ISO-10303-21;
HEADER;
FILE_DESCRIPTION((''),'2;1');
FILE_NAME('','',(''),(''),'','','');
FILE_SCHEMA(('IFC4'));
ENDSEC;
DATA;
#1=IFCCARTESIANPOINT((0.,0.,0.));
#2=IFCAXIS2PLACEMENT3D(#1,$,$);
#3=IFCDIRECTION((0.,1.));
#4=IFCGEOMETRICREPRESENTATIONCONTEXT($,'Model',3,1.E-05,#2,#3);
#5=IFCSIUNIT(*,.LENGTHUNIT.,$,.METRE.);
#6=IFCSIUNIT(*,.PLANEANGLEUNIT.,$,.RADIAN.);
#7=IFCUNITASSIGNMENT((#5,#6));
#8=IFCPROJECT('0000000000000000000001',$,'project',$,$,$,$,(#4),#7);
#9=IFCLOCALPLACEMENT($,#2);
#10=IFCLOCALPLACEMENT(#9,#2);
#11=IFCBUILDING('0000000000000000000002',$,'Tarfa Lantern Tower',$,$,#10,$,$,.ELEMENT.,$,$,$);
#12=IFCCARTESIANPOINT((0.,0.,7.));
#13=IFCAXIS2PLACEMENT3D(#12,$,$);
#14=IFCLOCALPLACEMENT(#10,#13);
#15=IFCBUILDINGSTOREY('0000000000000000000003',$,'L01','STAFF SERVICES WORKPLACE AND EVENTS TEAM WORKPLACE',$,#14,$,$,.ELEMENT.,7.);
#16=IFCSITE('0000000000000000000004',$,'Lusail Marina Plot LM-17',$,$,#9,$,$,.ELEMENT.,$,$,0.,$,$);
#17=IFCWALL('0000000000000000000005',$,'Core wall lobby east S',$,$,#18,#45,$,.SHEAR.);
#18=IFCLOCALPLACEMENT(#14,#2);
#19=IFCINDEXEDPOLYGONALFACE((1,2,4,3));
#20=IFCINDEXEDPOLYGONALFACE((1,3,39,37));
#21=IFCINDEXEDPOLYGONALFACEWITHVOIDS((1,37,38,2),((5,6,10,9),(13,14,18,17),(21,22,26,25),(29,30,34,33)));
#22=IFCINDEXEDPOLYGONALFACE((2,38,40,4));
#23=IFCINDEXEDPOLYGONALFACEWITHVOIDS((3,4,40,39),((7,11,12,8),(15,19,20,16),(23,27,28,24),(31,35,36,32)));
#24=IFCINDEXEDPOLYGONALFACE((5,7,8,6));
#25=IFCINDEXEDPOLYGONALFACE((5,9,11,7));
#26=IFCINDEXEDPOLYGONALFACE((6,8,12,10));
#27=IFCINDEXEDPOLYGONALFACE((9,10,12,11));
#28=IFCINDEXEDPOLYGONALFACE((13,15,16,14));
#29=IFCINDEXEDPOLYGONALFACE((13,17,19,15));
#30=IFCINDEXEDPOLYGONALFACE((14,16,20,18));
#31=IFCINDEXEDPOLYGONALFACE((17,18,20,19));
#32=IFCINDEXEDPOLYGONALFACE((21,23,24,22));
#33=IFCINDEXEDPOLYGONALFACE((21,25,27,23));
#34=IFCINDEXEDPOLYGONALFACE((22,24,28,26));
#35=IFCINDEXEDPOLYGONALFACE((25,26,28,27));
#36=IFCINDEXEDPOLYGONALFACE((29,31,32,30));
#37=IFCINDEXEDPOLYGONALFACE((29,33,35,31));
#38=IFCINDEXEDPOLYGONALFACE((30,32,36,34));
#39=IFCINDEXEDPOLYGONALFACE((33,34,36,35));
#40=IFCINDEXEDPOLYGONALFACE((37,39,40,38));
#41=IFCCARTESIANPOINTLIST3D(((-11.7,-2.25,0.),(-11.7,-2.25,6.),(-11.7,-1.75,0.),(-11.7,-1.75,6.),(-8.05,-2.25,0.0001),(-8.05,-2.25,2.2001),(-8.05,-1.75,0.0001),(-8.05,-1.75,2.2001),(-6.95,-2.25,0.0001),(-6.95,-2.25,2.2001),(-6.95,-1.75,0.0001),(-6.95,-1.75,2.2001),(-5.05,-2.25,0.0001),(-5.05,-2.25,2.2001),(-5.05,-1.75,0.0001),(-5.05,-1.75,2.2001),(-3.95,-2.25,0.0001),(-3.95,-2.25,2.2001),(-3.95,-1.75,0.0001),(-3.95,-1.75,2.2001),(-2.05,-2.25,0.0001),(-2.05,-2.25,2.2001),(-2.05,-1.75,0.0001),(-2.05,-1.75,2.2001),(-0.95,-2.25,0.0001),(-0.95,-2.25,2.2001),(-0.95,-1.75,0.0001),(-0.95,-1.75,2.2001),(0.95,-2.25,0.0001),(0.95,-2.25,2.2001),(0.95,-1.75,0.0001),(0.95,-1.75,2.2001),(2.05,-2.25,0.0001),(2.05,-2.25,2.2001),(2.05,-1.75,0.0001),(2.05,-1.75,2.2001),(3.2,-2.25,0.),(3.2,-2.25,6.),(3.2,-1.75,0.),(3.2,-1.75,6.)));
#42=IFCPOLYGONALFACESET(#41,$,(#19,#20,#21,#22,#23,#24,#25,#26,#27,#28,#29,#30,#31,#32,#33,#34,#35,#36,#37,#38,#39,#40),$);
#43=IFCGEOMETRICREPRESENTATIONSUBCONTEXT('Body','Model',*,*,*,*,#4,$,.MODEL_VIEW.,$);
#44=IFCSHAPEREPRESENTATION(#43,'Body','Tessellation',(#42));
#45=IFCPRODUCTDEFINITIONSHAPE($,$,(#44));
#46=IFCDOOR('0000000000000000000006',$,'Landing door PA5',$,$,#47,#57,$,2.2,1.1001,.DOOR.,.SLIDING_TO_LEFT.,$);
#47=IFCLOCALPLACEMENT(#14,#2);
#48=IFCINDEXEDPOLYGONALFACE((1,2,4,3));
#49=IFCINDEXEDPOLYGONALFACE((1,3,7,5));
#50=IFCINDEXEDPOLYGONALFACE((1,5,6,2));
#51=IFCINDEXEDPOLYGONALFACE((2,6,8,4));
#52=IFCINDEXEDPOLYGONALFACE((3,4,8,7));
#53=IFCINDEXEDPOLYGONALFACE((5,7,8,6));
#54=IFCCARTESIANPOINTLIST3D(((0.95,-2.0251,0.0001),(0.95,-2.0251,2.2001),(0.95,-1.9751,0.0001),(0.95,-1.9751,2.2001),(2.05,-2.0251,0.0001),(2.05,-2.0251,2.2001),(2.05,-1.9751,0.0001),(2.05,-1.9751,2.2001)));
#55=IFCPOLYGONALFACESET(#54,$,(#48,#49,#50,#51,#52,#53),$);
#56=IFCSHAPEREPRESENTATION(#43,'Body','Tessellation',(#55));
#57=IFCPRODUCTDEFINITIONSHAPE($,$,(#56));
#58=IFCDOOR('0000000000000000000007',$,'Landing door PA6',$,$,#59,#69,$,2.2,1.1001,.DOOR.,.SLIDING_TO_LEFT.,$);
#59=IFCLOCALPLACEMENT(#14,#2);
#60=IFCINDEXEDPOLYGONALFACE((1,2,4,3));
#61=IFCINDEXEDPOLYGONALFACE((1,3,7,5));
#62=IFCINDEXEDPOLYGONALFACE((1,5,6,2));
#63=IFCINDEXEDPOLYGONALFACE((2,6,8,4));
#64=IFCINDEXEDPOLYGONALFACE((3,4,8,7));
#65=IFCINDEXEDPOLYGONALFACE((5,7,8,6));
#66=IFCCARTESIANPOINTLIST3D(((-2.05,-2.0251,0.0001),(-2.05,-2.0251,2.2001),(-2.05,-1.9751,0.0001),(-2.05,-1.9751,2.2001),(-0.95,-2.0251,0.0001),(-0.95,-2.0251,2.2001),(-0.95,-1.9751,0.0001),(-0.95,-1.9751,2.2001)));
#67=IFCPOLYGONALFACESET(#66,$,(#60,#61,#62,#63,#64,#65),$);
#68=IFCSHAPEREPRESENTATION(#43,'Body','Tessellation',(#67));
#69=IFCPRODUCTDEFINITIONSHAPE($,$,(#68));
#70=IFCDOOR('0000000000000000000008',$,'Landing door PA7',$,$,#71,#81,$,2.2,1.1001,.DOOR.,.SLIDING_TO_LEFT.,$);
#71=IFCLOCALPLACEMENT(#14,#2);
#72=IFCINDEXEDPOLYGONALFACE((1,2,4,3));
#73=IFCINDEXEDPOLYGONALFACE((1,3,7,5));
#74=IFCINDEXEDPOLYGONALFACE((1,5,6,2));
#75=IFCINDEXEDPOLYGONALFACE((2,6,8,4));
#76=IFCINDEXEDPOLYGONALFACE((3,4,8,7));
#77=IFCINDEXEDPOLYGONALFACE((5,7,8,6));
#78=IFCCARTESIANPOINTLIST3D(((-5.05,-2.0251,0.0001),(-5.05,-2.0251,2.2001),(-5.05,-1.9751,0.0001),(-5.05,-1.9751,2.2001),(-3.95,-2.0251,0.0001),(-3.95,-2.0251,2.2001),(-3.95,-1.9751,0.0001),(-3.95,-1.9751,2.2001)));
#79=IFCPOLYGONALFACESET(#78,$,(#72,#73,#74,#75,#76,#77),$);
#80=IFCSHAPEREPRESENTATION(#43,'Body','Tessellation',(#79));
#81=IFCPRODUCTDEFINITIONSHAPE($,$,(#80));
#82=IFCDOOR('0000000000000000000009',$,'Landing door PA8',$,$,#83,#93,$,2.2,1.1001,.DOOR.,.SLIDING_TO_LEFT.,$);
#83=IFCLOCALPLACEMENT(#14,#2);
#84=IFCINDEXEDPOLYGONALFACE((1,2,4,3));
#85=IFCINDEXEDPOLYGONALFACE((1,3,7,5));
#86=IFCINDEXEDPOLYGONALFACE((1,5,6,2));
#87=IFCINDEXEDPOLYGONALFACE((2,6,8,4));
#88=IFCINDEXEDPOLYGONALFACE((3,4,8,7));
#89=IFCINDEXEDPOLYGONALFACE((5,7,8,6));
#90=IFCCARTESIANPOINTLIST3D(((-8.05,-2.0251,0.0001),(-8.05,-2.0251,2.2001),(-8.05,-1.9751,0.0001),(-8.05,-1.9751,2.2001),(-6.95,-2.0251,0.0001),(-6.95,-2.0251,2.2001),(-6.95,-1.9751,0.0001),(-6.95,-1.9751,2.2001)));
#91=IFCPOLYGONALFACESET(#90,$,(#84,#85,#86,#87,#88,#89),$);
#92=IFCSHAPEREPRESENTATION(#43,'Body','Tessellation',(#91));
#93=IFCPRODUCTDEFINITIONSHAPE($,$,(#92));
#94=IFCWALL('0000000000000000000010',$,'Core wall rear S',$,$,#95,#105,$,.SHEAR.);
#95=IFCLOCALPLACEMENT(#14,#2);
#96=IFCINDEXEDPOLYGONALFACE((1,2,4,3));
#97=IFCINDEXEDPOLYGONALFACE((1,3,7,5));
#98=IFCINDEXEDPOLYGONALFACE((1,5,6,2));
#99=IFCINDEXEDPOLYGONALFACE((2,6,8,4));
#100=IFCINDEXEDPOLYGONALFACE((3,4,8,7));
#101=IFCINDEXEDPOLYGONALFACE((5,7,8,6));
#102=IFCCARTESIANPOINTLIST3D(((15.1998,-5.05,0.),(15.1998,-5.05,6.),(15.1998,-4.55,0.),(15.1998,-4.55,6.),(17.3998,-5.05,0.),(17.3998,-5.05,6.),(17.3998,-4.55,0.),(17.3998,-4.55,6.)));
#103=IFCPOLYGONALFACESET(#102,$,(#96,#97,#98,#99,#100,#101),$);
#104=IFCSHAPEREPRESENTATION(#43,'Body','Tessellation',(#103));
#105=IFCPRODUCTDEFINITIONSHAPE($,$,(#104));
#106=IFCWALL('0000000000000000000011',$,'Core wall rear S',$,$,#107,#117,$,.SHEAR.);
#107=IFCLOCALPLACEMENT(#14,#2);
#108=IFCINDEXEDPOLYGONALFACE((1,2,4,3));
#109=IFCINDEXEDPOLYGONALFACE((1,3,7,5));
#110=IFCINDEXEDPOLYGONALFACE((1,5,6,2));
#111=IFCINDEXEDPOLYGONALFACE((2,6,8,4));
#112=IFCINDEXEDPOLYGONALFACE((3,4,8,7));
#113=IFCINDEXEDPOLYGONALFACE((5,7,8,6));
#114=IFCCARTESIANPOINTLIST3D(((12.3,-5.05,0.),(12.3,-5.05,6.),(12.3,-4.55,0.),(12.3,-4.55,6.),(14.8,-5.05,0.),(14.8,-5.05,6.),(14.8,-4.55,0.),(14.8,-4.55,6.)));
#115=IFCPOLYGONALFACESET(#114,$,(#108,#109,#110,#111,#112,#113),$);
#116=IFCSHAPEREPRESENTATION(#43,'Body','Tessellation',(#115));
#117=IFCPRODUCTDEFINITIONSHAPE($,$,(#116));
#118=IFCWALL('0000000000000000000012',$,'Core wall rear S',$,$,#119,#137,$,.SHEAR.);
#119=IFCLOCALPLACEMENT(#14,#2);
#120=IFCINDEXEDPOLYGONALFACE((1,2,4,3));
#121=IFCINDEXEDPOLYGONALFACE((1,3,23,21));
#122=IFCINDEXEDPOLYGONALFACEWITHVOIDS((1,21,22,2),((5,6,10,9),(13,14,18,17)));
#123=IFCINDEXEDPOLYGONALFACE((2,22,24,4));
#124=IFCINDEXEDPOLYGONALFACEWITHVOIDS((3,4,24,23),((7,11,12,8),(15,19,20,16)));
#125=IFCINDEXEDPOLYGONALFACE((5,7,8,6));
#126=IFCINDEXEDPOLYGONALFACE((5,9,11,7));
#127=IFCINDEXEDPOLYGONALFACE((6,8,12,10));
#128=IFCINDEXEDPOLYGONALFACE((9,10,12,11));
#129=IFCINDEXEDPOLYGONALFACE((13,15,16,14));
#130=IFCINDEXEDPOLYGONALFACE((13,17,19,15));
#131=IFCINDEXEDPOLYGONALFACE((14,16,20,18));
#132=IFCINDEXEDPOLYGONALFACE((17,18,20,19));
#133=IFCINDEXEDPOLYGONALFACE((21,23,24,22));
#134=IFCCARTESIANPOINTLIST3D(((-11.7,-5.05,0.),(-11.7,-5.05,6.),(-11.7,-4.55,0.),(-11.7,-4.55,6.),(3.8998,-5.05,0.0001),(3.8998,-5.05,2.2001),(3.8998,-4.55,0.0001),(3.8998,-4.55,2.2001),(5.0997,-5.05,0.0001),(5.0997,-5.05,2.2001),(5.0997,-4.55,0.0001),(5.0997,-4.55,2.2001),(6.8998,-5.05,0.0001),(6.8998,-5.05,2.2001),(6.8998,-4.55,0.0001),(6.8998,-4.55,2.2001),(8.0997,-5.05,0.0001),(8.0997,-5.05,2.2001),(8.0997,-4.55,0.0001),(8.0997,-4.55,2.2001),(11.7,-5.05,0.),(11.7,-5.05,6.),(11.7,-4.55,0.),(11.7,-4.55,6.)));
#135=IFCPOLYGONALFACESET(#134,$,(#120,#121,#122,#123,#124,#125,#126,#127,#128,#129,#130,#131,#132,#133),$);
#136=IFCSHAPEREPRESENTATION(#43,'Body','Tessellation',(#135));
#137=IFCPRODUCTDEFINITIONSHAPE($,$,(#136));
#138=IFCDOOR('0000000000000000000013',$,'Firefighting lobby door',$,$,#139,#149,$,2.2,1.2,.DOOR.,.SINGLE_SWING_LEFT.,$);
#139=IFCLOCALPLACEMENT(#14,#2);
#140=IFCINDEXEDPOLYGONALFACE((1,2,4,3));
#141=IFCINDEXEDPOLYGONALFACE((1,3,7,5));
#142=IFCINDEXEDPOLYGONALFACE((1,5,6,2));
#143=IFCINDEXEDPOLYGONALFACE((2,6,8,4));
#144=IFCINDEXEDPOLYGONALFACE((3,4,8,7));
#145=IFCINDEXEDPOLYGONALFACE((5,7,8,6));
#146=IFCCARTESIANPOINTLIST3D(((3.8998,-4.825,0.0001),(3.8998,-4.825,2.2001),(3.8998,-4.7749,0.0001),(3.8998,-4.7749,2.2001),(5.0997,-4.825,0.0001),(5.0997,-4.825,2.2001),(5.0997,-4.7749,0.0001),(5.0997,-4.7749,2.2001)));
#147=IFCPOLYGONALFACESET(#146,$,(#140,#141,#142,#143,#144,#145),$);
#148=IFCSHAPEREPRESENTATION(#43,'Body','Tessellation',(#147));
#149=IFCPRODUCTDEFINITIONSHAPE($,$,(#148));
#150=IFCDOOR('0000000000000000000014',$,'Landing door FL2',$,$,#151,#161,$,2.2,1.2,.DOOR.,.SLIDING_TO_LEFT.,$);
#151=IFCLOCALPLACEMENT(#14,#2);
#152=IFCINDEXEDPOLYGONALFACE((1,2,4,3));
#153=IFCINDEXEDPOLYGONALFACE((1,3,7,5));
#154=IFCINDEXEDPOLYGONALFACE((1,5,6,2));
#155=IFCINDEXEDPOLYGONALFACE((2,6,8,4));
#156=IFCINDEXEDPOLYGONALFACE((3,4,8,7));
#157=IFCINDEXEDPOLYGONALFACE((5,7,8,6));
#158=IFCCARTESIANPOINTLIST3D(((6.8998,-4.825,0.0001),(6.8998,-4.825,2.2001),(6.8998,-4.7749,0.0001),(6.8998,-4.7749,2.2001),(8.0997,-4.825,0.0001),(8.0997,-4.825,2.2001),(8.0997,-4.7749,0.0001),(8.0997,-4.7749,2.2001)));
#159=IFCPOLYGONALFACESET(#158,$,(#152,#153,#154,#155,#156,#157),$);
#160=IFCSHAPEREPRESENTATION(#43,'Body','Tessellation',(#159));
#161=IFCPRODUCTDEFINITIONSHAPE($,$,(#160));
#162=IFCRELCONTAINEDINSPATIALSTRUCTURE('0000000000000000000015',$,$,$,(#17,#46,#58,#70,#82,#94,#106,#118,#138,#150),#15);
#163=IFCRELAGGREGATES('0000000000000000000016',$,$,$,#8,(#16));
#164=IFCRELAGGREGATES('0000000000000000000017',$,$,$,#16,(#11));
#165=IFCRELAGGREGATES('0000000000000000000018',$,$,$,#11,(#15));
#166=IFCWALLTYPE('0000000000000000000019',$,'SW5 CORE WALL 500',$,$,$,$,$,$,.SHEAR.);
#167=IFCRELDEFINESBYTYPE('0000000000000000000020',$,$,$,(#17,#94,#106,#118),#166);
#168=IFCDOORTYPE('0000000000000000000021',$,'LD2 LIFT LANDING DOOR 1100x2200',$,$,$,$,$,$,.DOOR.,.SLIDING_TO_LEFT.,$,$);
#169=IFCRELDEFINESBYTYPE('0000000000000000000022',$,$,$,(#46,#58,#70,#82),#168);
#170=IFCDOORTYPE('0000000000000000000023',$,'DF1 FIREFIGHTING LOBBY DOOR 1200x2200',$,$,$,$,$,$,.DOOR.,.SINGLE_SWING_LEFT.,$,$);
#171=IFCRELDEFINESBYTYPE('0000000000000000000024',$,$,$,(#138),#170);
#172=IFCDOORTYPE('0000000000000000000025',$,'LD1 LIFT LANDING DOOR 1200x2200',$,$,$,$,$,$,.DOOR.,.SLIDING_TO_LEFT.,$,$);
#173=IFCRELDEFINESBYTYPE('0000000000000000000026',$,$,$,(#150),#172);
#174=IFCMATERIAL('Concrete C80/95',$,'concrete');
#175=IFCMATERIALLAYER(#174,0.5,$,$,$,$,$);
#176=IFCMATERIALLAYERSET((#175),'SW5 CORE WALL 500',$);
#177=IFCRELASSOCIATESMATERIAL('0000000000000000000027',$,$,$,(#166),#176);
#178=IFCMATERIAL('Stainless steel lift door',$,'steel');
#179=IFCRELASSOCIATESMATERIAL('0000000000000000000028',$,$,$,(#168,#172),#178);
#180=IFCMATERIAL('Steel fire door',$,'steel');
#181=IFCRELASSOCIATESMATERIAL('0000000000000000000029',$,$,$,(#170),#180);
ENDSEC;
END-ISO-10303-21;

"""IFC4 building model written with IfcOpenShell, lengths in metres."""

from ifc_helpers import new_model, si_unit, direction, frame, frame_2d, origin, place, context, subcontext, project, spatial, rectangle, extrude, material, layer, layer_set, type_object, element, fill, save


model = new_model("IFC4")

# Units and contexts
model_context = context("Model", 3, precision=1e-05, world=origin(), true_north=direction((0.0, 1.0)))
body_context = subcontext(model_context, "Body", "Model", "MODEL_VIEW")
ifc_project = project(units=[si_unit("LENGTHUNIT", "METRE"), si_unit("PLANEANGLEUNIT", "RADIAN")], contexts=[model_context])

# Site, building, storey
site_placement = place(None, origin())
site = spatial("IfcSite", under=ifc_project, at=site_placement, Name="Lusail Marina Plot LM-17", CompositionType="ELEMENT", RefElevation=0.0)
building_placement = place(site_placement, origin())
building = spatial("IfcBuilding", under=site, at=building_placement, Name="Tarfa Lantern Tower", CompositionType="ELEMENT")
storey_placement = place(building_placement, frame((0.0, 0.0, 7.0)))
storey = spatial("IfcBuildingStorey", under=building, at=storey_placement, Name="L01", Description="STAFF SERVICES WORKPLACE AND EVENTS TEAM WORKPLACE", CompositionType="ELEMENT", Elevation=7.0)

# Shared definitions
ifc_material_1 = material(Name="Concrete C80/95", Category="concrete")

# Shared definitions
ifc_material_2 = material(Name="Steel fire door", Category="steel")

# Shared definitions
ifc_layer_1 = layer(ifc_material_1, 0.5)
ifc_layer_set_1 = layer_set([ifc_layer_1], Name="SW5 CORE WALL 500")
wall_type_1 = type_object("IfcWallType", Name="SW5 CORE WALL 500", PredefinedType="SHEAR", material=ifc_layer_set_1)

# Wall, openings, doors
wall_1_placement = place(storey_placement, frame((3.2, -2.0, 0.0), z_axis=(0.0, 0.0, 1.0), x_axis=(-1.0, 0.0, 0.0)))
wall_1 = element("IfcWall", 1, at=wall_1_placement, inside=storey, type_object=wall_type_1, Name="Core wall lobby east S", PredefinedType="SHEAR", context=body_context, shape_type="SweptSolid", body=[
    extrude(rectangle(XDim=14.8999, YDim=0.5, at=frame_2d((7.45, 0.0))), origin(), (0.0, 0.0, 1.0), 6.0),
])
opening_1_placement = place(wall_1_placement, frame((1.1499, 0.0, 0.0)))
opening_1 = element("IfcOpeningElement", 2, at=opening_1_placement, cuts=wall_1, PredefinedType="OPENING", context=body_context, shape_type="SweptSolid", body=[
    extrude(rectangle(XDim=1.1001, YDim=2.2, at=frame_2d((0.55, 1.1001))), frame((0.0, 0.26, 0.0), z_axis=(0.0, -1.0, 0.0), x_axis=(1.0, 0.0, 0.0)), (0.0, 0.0, 1.0), 0.52),
])
opening_2_placement = place(wall_1_placement, frame((4.1499, 0.0, 0.0)))
opening_2 = element("IfcOpeningElement", 3, at=opening_2_placement, cuts=wall_1, PredefinedType="OPENING", context=body_context, shape_type="SweptSolid", body=[
    extrude(rectangle(XDim=1.1001, YDim=2.2, at=frame_2d((0.55, 1.1001))), frame((0.0, 0.26, 0.0), z_axis=(0.0, -1.0, 0.0), x_axis=(1.0, 0.0, 0.0)), (0.0, 0.0, 1.0), 0.52),
])
opening_3_placement = place(wall_1_placement, frame((7.1499, 0.0, 0.0)))
opening_3 = element("IfcOpeningElement", 4, at=opening_3_placement, cuts=wall_1, PredefinedType="OPENING", context=body_context, shape_type="SweptSolid", body=[
    extrude(rectangle(XDim=1.1001, YDim=2.2, at=frame_2d((0.55, 1.1001))), frame((0.0, 0.26, 0.0), z_axis=(0.0, -1.0, 0.0), x_axis=(1.0, 0.0, 0.0)), (0.0, 0.0, 1.0), 0.52),
])
opening_4_placement = place(wall_1_placement, frame((10.1499, 0.0, 0.0)))
opening_4 = element("IfcOpeningElement", 5, at=opening_4_placement, cuts=wall_1, PredefinedType="OPENING", context=body_context, shape_type="SweptSolid", body=[
    extrude(rectangle(XDim=1.1001, YDim=2.2, at=frame_2d((0.55, 1.1001))), frame((0.0, 0.26, 0.0), z_axis=(0.0, -1.0, 0.0), x_axis=(1.0, 0.0, 0.0)), (0.0, 0.0, 1.0), 0.52),
])
ifc_material_3 = material(Name="Stainless steel lift door", Category="steel")
door_type_1 = type_object("IfcDoorType", Name="LD2 LIFT LANDING DOOR 1100x2200", OperationType="SLIDING_TO_LEFT", PredefinedType="DOOR", material=ifc_material_3)
door_1_placement = place(opening_1_placement, frame((1.1001, 0.0, 0.0), z_axis=(0.0, 0.0, 1.0), x_axis=(-1.0, 0.0, 0.0)))
door_1 = element("IfcDoor", 6, at=door_1_placement, inside=storey, type_object=door_type_1, Name="Landing door PA5", OperationType="SLIDING_TO_LEFT", OverallHeight=2.2, OverallWidth=1.1001, PredefinedType="DOOR", context=body_context, shape_type="SweptSolid", body=[
    extrude(rectangle(XDim=1.1001, YDim=2.2, at=frame_2d((0.55, 1.1001))), frame((0.0, 0.0249, 0.0), z_axis=(0.0, -1.0, 0.0), x_axis=(1.0, 0.0, 0.0)), (0.0, 0.0, 1.0), 0.05),
])
fill(opening_1, door_1)
door_2_placement = place(opening_2_placement, frame((1.1001, 0.0, 0.0), z_axis=(0.0, 0.0, 1.0), x_axis=(-1.0, 0.0, 0.0)))
door_2 = element("IfcDoor", 7, at=door_2_placement, inside=storey, type_object=door_type_1, Name="Landing door PA6", OperationType="SLIDING_TO_LEFT", OverallHeight=2.2, OverallWidth=1.1001, PredefinedType="DOOR", context=body_context, shape_type="SweptSolid", body=[
    extrude(rectangle(XDim=1.1001, YDim=2.2, at=frame_2d((0.55, 1.1001))), frame((0.0, 0.0249, 0.0), z_axis=(0.0, -1.0, 0.0), x_axis=(1.0, 0.0, 0.0)), (0.0, 0.0, 1.0), 0.05),
])
fill(opening_2, door_2)
door_3_placement = place(opening_3_placement, frame((1.1001, 0.0, 0.0), z_axis=(0.0, 0.0, 1.0), x_axis=(-1.0, 0.0, 0.0)))
door_3 = element("IfcDoor", 8, at=door_3_placement, inside=storey, type_object=door_type_1, Name="Landing door PA7", OperationType="SLIDING_TO_LEFT", OverallHeight=2.2, OverallWidth=1.1001, PredefinedType="DOOR", context=body_context, shape_type="SweptSolid", body=[
    extrude(rectangle(XDim=1.1001, YDim=2.2, at=frame_2d((0.55, 1.1001))), frame((0.0, 0.0249, 0.0), z_axis=(0.0, -1.0, 0.0), x_axis=(1.0, 0.0, 0.0)), (0.0, 0.0, 1.0), 0.05),
])
fill(opening_3, door_3)
door_4_placement = place(opening_4_placement, frame((1.1001, 0.0, 0.0), z_axis=(0.0, 0.0, 1.0), x_axis=(-1.0, 0.0, 0.0)))
door_4 = element("IfcDoor", 9, at=door_4_placement, inside=storey, type_object=door_type_1, Name="Landing door PA8", OperationType="SLIDING_TO_LEFT", OverallHeight=2.2, OverallWidth=1.1001, PredefinedType="DOOR", context=body_context, shape_type="SweptSolid", body=[
    extrude(rectangle(XDim=1.1001, YDim=2.2, at=frame_2d((0.55, 1.1001))), frame((0.0, 0.0249, 0.0), z_axis=(0.0, -1.0, 0.0), x_axis=(1.0, 0.0, 0.0)), (0.0, 0.0, 1.0), 0.05),
])
fill(opening_4, door_4)

# Walls
wall_2_placement = place(storey_placement, frame((17.3999, -4.8, 0.0), z_axis=(0.0, 0.0, 1.0), x_axis=(-1.0, 0.0, 0.0)))
element("IfcWall", 10, at=wall_2_placement, inside=storey, type_object=wall_type_1, Name="Core wall rear S", PredefinedType="SHEAR", context=body_context, shape_type="SweptSolid", body=[
    extrude(rectangle(XDim=2.2, YDim=0.5, at=frame_2d((1.1001, 0.0))), origin(), (0.0, 0.0, 1.0), 6.0),
])
wall_3_placement = place(storey_placement, frame((14.8, -4.8, 0.0), z_axis=(0.0, 0.0, 1.0), x_axis=(-1.0, 0.0, 0.0)))
element("IfcWall", 11, at=wall_3_placement, inside=storey, type_object=wall_type_1, Name="Core wall rear S", PredefinedType="SHEAR", context=body_context, shape_type="SweptSolid", body=[
    extrude(rectangle(XDim=2.5, YDim=0.5, at=frame_2d((1.25, 0.0))), origin(), (0.0, 0.0, 1.0), 6.0),
])

# Wall, openings, doors
wall_4_placement = place(storey_placement, frame((11.7, -4.8, 0.0), z_axis=(0.0, 0.0, 1.0), x_axis=(-1.0, 0.0, 0.0)))
wall_4 = element("IfcWall", 12, at=wall_4_placement, inside=storey, type_object=wall_type_1, Name="Core wall rear S", PredefinedType="SHEAR", context=body_context, shape_type="SweptSolid", body=[
    extrude(rectangle(XDim=23.3999, YDim=0.5, at=frame_2d((11.7, 0.0))), origin(), (0.0, 0.0, 1.0), 6.0),
])
opening_5_placement = place(wall_4_placement, frame((6.6001, 0.0, 0.0)))
opening_5 = element("IfcOpeningElement", 13, at=opening_5_placement, cuts=wall_4, PredefinedType="OPENING", context=body_context, shape_type="SweptSolid", body=[
    extrude(rectangle(XDim=1.2, YDim=2.2, at=frame_2d((0.6001, 1.1001))), frame((0.0, 0.26, 0.0), z_axis=(0.0, -1.0, 0.0), x_axis=(1.0, 0.0, 0.0)), (0.0, 0.0, 1.0), 0.52),
])
opening_6_placement = place(wall_4_placement, frame((3.6001, 0.0, 0.0)))
opening_6 = element("IfcOpeningElement", 14, at=opening_6_placement, cuts=wall_4, PredefinedType="OPENING", context=body_context, shape_type="SweptSolid", body=[
    extrude(rectangle(XDim=1.2, YDim=2.2, at=frame_2d((0.6001, 1.1001))), frame((0.0, 0.26, 0.0), z_axis=(0.0, -1.0, 0.0), x_axis=(1.0, 0.0, 0.0)), (0.0, 0.0, 1.0), 0.52),
])
door_type_2 = type_object("IfcDoorType", Name="DF1 FIREFIGHTING LOBBY DOOR 1200x2200", OperationType="SINGLE_SWING_LEFT", PredefinedType="DOOR", material=ifc_material_2)
door_5_placement = place(opening_5_placement, origin())
door_5 = element("IfcDoor", 15, at=door_5_placement, inside=storey, type_object=door_type_2, Name="Firefighting lobby door", OperationType="SINGLE_SWING_LEFT", OverallHeight=2.2, OverallWidth=1.2, PredefinedType="DOOR", context=body_context, shape_type="SweptSolid", body=[
    extrude(rectangle(XDim=1.2, YDim=2.2, at=frame_2d((0.6001, 1.1001))), frame((0.0, 0.0249, 0.0), z_axis=(0.0, -1.0, 0.0), x_axis=(1.0, 0.0, 0.0)), (0.0, 0.0, 1.0), 0.05),
])
fill(opening_5, door_5)
door_type_3 = type_object("IfcDoorType", Name="LD1 LIFT LANDING DOOR 1200x2200", OperationType="SLIDING_TO_LEFT", PredefinedType="DOOR", material=ifc_material_3)
door_6_placement = place(opening_6_placement, origin())
door_6 = element("IfcDoor", 16, at=door_6_placement, inside=storey, type_object=door_type_3, Name="Landing door FL2", OperationType="SLIDING_TO_LEFT", OverallHeight=2.2, OverallWidth=1.2, PredefinedType="DOOR", context=body_context, shape_type="SweptSolid", body=[
    extrude(rectangle(XDim=1.2, YDim=2.2, at=frame_2d((0.6001, 1.1001))), frame((0.0, 0.0249, 0.0), z_axis=(0.0, -1.0, 0.0), x_axis=(1.0, 0.0, 0.0)), (0.0, 0.0, 1.0), 0.05),
])
fill(opening_6, door_6)

save(model, "model.ifc")
